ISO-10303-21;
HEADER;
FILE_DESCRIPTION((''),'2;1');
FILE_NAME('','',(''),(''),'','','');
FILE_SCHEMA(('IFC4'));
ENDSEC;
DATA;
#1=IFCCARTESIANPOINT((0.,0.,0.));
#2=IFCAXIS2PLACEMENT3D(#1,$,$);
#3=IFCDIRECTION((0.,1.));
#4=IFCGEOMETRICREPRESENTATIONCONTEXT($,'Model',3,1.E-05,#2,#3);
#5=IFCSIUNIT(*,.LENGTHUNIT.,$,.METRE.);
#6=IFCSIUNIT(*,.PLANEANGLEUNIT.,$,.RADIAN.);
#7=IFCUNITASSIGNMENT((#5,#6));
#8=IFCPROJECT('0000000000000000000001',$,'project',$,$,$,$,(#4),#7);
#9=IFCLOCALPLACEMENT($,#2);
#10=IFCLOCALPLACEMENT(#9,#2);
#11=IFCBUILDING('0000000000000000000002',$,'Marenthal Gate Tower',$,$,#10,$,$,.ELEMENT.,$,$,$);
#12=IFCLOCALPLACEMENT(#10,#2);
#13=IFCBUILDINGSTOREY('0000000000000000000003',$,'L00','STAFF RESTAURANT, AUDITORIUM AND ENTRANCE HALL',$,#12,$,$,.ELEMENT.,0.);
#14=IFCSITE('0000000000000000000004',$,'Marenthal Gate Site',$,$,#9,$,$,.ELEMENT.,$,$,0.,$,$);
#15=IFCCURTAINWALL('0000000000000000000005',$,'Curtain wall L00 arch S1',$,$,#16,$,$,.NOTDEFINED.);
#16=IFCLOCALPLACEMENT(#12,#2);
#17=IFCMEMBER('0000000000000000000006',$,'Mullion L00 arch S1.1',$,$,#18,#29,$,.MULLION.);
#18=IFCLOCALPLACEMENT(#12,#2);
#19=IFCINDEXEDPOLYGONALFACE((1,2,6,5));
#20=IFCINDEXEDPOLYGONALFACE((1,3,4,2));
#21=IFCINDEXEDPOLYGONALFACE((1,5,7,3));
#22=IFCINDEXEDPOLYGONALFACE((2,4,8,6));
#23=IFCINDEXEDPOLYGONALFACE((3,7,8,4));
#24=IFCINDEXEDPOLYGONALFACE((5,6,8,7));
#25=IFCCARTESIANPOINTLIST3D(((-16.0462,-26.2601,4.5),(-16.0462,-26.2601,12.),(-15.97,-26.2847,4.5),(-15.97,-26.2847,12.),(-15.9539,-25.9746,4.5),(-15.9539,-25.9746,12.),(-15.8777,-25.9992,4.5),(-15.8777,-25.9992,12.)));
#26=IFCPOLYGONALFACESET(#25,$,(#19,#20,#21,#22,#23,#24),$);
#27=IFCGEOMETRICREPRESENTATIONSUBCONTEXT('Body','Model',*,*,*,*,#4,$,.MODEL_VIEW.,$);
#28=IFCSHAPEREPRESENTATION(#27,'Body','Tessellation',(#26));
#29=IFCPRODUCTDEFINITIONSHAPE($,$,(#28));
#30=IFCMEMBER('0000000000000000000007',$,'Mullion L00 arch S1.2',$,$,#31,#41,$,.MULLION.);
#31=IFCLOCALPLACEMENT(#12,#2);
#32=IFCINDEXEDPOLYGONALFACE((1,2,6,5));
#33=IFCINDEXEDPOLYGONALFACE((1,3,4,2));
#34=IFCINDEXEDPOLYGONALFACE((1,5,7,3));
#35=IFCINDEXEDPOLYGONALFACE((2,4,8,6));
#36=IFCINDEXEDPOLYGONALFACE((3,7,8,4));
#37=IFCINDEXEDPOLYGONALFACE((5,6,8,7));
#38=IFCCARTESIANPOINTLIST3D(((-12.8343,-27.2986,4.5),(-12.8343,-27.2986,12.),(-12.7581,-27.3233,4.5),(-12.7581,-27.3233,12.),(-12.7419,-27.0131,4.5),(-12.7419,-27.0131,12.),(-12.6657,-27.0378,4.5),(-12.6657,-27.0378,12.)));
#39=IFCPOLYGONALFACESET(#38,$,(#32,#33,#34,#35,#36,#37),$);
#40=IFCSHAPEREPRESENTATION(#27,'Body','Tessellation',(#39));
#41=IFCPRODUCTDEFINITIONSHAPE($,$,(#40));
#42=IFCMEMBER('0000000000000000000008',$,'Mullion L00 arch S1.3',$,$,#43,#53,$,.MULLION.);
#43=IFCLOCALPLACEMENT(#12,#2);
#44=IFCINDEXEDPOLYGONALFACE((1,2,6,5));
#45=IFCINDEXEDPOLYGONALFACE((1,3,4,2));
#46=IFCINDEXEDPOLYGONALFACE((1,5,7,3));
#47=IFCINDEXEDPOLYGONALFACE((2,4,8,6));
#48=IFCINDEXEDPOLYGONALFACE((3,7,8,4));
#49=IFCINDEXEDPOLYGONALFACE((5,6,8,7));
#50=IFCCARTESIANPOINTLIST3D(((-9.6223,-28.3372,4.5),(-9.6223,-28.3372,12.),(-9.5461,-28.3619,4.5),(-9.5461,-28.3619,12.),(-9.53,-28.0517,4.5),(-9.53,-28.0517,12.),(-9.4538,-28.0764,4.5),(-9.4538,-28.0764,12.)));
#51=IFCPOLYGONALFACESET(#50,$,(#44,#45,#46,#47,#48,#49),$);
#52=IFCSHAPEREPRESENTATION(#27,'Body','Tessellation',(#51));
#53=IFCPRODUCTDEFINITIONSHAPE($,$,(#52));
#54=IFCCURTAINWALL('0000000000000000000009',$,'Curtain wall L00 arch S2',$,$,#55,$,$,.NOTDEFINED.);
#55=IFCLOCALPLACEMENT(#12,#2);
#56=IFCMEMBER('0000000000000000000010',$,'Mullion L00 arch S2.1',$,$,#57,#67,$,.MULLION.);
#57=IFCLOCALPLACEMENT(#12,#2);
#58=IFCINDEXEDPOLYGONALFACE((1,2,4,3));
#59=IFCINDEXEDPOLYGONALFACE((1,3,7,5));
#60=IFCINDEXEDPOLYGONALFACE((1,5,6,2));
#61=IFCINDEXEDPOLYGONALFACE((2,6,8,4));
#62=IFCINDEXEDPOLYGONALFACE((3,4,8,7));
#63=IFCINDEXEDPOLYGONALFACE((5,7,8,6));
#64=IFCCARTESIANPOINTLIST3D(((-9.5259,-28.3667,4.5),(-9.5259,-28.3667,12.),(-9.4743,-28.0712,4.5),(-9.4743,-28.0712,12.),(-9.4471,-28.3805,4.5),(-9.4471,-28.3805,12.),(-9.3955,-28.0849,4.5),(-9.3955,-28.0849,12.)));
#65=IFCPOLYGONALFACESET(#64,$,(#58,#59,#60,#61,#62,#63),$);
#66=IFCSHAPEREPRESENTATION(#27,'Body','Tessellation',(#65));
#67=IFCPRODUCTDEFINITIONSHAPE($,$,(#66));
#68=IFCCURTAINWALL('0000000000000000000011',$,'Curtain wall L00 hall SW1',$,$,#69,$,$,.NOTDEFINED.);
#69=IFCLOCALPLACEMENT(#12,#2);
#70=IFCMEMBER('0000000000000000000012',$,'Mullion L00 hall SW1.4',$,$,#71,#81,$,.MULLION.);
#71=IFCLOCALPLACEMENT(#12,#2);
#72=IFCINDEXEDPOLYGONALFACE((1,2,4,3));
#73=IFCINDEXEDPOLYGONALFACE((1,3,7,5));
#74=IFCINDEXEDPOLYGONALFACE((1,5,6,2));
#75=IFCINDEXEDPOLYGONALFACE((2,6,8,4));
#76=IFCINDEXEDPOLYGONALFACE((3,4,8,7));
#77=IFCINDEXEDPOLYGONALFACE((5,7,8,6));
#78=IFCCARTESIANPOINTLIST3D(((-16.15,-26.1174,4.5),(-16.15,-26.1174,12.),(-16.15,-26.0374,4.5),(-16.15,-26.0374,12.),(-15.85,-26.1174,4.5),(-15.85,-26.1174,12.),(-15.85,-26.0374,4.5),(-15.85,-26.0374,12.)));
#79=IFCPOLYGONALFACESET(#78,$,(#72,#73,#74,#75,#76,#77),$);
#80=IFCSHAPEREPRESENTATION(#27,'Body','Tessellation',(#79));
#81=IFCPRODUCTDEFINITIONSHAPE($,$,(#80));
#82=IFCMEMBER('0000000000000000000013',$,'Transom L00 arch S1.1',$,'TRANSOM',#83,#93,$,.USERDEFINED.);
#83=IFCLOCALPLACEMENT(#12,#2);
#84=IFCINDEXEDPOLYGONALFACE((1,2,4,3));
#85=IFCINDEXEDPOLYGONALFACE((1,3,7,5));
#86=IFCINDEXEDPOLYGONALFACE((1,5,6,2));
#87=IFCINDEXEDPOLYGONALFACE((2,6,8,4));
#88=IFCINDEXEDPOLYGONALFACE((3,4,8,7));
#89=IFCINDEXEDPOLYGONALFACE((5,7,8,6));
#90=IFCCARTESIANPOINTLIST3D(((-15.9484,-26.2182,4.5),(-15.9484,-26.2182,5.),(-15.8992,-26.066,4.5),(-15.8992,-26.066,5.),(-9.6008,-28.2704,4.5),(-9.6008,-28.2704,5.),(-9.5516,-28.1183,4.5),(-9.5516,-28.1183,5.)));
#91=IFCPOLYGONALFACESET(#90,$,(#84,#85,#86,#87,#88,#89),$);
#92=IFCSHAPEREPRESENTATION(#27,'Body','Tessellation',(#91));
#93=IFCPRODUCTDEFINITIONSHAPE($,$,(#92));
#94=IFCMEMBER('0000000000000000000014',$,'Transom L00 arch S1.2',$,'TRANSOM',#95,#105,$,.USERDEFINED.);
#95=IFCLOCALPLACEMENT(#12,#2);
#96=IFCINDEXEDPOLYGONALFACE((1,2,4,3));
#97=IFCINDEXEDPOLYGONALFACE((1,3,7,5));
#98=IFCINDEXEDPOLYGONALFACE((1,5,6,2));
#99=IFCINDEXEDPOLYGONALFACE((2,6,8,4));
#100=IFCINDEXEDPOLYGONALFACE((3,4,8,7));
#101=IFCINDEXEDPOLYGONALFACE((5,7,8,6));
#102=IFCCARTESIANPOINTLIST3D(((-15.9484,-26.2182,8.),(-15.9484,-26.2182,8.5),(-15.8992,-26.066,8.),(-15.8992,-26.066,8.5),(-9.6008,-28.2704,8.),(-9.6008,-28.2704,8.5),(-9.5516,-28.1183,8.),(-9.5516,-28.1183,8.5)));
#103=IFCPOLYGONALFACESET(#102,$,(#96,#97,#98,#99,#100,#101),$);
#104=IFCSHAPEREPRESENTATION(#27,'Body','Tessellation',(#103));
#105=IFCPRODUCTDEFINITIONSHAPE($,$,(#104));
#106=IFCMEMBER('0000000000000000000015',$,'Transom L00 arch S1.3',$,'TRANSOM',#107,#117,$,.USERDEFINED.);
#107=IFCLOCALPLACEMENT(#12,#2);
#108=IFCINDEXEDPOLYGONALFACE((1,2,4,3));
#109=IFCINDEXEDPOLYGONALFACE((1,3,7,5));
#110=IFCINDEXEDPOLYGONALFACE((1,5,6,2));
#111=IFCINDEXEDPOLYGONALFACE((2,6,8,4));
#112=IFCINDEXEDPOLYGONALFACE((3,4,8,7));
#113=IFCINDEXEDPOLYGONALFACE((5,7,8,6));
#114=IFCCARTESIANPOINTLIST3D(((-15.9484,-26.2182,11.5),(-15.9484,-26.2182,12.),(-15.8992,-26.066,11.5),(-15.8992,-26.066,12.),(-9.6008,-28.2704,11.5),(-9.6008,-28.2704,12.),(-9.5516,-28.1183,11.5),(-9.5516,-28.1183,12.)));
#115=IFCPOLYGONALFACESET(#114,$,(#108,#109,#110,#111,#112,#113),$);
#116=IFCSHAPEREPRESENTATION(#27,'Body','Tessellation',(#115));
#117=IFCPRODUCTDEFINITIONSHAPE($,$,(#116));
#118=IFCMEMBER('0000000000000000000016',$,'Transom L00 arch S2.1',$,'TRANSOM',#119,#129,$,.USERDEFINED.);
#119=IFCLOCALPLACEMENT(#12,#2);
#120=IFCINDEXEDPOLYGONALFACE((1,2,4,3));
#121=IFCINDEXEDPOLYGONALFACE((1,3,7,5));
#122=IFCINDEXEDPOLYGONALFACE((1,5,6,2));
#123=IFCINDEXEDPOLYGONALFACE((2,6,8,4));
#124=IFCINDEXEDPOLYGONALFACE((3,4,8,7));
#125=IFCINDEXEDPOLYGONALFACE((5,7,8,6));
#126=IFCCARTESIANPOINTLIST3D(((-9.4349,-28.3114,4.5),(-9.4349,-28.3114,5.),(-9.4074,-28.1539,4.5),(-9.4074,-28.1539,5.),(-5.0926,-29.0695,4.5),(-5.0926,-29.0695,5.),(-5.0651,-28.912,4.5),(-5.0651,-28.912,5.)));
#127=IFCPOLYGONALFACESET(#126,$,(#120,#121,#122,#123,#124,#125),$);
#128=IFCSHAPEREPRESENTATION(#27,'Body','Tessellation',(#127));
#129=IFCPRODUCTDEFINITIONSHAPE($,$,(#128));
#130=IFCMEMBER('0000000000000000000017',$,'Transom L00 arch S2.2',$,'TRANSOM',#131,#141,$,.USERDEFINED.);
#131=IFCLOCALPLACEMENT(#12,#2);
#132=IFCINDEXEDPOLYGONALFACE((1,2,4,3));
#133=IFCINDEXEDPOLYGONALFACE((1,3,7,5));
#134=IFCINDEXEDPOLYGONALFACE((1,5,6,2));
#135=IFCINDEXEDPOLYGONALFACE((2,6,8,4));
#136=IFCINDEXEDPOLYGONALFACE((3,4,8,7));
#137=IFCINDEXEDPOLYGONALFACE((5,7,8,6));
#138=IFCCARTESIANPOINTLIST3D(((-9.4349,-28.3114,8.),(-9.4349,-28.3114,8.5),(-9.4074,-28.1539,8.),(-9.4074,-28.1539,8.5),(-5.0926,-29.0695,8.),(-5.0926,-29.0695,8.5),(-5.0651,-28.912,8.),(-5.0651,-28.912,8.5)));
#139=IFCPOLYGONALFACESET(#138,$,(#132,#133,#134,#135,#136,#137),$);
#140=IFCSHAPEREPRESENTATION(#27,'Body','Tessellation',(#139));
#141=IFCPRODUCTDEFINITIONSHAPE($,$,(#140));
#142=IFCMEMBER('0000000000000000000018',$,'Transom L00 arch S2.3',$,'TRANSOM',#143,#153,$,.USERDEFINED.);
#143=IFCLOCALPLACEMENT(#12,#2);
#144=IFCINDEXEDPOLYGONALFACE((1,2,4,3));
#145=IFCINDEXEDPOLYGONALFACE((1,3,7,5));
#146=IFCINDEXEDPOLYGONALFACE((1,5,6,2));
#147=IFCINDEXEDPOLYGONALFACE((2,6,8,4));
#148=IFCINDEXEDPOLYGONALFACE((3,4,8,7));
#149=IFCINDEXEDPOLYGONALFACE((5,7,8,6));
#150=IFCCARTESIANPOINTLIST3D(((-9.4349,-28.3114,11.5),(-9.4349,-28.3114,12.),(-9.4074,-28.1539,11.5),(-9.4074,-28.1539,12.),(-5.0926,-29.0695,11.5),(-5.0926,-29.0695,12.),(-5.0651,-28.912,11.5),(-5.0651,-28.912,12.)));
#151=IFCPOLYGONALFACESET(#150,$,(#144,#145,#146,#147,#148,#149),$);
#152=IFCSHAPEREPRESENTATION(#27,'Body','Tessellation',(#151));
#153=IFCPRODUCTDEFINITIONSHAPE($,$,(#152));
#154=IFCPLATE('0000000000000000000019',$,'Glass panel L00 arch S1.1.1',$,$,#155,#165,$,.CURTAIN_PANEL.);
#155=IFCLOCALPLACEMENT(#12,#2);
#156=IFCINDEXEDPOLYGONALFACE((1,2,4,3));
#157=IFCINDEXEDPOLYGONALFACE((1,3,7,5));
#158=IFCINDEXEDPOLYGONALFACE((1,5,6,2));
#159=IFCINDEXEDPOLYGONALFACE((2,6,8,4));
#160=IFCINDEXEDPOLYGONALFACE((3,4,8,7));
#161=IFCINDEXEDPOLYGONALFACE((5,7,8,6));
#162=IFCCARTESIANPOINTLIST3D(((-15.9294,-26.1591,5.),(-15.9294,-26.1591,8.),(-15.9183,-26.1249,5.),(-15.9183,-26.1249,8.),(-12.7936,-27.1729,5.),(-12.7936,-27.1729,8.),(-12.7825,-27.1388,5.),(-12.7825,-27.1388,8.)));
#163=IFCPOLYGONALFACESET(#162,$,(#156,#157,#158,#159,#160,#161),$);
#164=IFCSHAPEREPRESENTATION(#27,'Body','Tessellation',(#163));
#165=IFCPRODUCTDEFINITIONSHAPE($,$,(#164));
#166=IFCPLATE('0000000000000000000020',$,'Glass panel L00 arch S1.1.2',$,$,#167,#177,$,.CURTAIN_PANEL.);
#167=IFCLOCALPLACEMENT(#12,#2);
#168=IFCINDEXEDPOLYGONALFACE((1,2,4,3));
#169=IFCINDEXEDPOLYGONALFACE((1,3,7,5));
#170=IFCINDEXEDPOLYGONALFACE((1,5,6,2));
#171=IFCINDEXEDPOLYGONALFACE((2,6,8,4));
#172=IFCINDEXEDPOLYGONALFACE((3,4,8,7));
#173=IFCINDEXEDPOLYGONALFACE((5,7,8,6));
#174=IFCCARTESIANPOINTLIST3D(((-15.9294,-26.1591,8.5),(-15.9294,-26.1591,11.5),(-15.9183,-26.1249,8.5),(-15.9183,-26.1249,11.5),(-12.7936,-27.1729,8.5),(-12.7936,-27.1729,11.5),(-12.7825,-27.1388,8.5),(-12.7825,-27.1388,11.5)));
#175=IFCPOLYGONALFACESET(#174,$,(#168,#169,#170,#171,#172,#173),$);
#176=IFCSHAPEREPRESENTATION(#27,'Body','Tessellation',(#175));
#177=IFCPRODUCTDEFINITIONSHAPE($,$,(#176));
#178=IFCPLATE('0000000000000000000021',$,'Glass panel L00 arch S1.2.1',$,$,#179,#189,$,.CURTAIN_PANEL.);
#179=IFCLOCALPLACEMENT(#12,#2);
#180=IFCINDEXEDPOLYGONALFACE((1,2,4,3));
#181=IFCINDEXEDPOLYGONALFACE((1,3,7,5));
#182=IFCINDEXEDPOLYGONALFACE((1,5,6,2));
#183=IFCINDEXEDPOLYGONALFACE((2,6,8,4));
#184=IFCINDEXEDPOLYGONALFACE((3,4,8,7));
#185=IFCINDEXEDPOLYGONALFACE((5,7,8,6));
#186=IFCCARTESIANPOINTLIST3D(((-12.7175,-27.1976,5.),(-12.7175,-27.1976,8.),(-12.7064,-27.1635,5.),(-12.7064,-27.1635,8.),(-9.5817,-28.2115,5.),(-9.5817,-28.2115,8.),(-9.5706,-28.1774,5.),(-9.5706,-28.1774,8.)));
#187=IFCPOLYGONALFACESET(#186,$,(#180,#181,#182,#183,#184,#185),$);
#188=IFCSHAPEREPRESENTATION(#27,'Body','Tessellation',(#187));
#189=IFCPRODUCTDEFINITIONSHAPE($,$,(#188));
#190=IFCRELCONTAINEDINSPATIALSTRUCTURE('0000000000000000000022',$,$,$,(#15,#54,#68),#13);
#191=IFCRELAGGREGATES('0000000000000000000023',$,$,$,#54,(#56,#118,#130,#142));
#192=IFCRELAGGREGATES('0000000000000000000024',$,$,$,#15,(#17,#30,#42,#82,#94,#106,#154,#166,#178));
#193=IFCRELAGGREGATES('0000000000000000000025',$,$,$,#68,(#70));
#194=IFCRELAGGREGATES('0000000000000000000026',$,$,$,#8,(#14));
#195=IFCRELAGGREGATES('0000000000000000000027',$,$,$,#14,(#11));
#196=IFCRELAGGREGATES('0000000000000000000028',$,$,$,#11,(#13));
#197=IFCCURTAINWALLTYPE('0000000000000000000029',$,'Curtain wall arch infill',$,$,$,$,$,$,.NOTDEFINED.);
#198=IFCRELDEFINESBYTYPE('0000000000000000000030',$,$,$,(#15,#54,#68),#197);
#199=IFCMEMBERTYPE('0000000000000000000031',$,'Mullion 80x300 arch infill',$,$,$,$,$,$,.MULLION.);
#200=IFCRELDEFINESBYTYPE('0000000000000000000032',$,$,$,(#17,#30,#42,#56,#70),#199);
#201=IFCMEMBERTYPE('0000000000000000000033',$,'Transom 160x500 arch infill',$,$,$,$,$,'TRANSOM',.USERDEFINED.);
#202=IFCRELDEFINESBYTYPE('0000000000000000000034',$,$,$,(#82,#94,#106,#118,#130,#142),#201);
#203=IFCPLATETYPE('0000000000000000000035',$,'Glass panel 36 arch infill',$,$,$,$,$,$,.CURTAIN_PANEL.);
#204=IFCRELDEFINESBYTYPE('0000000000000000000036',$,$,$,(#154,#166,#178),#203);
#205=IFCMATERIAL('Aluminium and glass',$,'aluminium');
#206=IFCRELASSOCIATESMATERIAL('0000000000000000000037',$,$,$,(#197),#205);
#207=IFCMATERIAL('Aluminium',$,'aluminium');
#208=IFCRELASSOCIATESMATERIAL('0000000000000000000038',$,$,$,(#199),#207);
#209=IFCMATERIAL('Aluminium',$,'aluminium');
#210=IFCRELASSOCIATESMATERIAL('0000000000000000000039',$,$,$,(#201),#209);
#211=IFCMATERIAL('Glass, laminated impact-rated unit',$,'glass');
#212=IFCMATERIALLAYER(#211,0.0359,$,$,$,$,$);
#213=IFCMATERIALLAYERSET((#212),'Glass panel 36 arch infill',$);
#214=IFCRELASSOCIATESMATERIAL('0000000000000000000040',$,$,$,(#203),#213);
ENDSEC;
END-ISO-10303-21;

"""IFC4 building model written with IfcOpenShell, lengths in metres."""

from ifc_helpers import new_model, si_unit, direction, frame, origin, origin_2d, place, context, subcontext, project, spatial, rectangle, extrude, material, layer, layer_set, material_profile, profile_set, type_object, element, aggregate, save


model = new_model("IFC4")

# Units and contexts
model_context = context("Model", 3, precision=1e-05, world=origin(), true_north=direction((0.0, 1.0)))
body_context = subcontext(model_context, "Body", "Model", "MODEL_VIEW")
ifc_project = project(units=[si_unit("LENGTHUNIT", "METRE"), si_unit("PLANEANGLEUNIT", "RADIAN")], contexts=[model_context])

# Site, building, storey
site_placement = place(None, origin())
site = spatial("IfcSite", under=ifc_project, at=site_placement, Name="Marenthal Gate Site", CompositionType="ELEMENT", RefElevation=0.0)
building_placement = place(site_placement, origin())
building = spatial("IfcBuilding", under=site, at=building_placement, Name="Marenthal Gate Tower", CompositionType="ELEMENT")
storey_placement = place(building_placement, origin())
storey = spatial("IfcBuildingStorey", under=building, at=storey_placement, Name="L00", Description="STAFF RESTAURANT, AUDITORIUM AND ENTRANCE HALL", CompositionType="ELEMENT", Elevation=0.0)

# Curtain wall, members
ifc_material_1 = material(Name="Aluminium and glass", Category="aluminium")
curtain_wall_type = type_object("IfcCurtainWallType", Name="Curtain wall arch infill", PredefinedType="NOTDEFINED", material=ifc_material_1)
curtain_wall_1_placement = place(storey_placement, origin())
curtain_wall_1 = element("IfcCurtainWall", 1, at=curtain_wall_1_placement, inside=storey, type_object=curtain_wall_type, Name="Curtain wall L00 arch S1", PredefinedType="NOTDEFINED")
ifc_material_2 = material(Name="Aluminium", Category="aluminium")
ifc_material_profile_1 = material_profile(ifc_material_2, rectangle(XDim=0.3, YDim=0.0801, at=origin_2d()), Name="80x300 aluminium mullion")
ifc_profile_set_1 = profile_set([ifc_material_profile_1], Name="Aluminium")
member_type_1 = type_object("IfcMemberType", Name="Mullion 80x300 arch infill", PredefinedType="MULLION", material=ifc_profile_set_1)
member_1_placement = place(storey_placement, frame((-15.9619, -26.1296, 4.5), z_axis=(0.0, 0.0, 1.0), x_axis=(0.307641, 0.951502, 0.0)))
member_1 = element("IfcMember", 2, at=member_1_placement, type_object=member_type_1, Name="Mullion L00 arch S1.1", PredefinedType="MULLION", context=body_context, shape_type="SweptSolid", body=[
    extrude(rectangle(XDim=0.3, YDim=0.0801, at=origin_2d()), origin(), (0.0, 0.0, 1.0), 7.5),
])
member_2_placement = place(storey_placement, frame((-12.75, -27.1682, 4.5), z_axis=(0.0, 0.0, 1.0), x_axis=(0.307641, 0.951502, 0.0)))
member_2 = element("IfcMember", 3, at=member_2_placement, type_object=member_type_1, Name="Mullion L00 arch S1.2", PredefinedType="MULLION", context=body_context, shape_type="SweptSolid", body=[
    extrude(rectangle(XDim=0.3, YDim=0.0801, at=origin_2d()), origin(), (0.0, 0.0, 1.0), 7.5),
])
member_3_placement = place(storey_placement, frame((-9.5381, -28.2068, 4.5), z_axis=(0.0, 0.0, 1.0), x_axis=(0.307641, 0.951502, 0.0)))
member_3 = element("IfcMember", 4, at=member_3_placement, type_object=member_type_1, Name="Mullion L00 arch S1.3", PredefinedType="MULLION", context=body_context, shape_type="SweptSolid", body=[
    extrude(rectangle(XDim=0.3, YDim=0.0801, at=origin_2d()), origin(), (0.0, 0.0, 1.0), 7.5),
])

# Curtain walls, members
curtain_wall_2_placement = place(storey_placement, origin())
curtain_wall_2 = element("IfcCurtainWall", 5, at=curtain_wall_2_placement, inside=storey, type_object=curtain_wall_type, Name="Curtain wall L00 arch S2", PredefinedType="NOTDEFINED")
member_4_placement = place(storey_placement, frame((-9.4607, -28.2258, 4.5), z_axis=(0.0, 0.0, 1.0), x_axis=(0.171973, 0.985102, 0.0)))
member_4 = element("IfcMember", 6, at=member_4_placement, type_object=member_type_1, Name="Mullion L00 arch S2.1", PredefinedType="MULLION", context=body_context, shape_type="SweptSolid", body=[
    extrude(rectangle(XDim=0.3, YDim=0.0801, at=origin_2d()), origin(), (0.0, 0.0, 1.0), 7.5),
])
curtain_wall_3_placement = place(storey_placement, origin())
curtain_wall_3 = element("IfcCurtainWall", 7, at=curtain_wall_3_placement, inside=storey, type_object=curtain_wall_type, Name="Curtain wall L00 hall SW1", PredefinedType="NOTDEFINED")
member_5_placement = place(storey_placement, frame((-16.0, -26.0774, 4.5), z_axis=(0.0, 0.0, 1.0), x_axis=(1.0, 0.0, 0.0)))
member_5 = element("IfcMember", 8, at=member_5_placement, type_object=member_type_1, Name="Mullion L00 hall SW1.4", PredefinedType="MULLION", context=body_context, shape_type="SweptSolid", body=[
    extrude(rectangle(XDim=0.3, YDim=0.0801, at=origin_2d()), origin(), (0.0, 0.0, 1.0), 7.5),
])

# Members
ifc_material_3 = material(Name="Aluminium", Category="aluminium")
ifc_material_profile_2 = material_profile(ifc_material_3, rectangle(XDim=0.1599, YDim=0.5, at=origin_2d()), Name="160x500 aluminium transom")
ifc_profile_set_2 = profile_set([ifc_material_profile_2], Name="Aluminium")
member_type_2 = type_object("IfcMemberType", Name="Transom 160x500 arch infill", ElementType="TRANSOM", PredefinedType="USERDEFINED", material=ifc_profile_set_2)
member_6_placement = place(storey_placement, frame((-15.9238, -26.1421, 4.75), z_axis=(0.951506, -0.307629, 0.0), x_axis=(0.307629, 0.951506, 0.0)))
member_6 = element("IfcMember", 9, at=member_6_placement, type_object=member_type_2, Name="Transom L00 arch S1.1", ObjectType="TRANSOM", PredefinedType="USERDEFINED", context=body_context, shape_type="SweptSolid", body=[
    extrude(rectangle(XDim=0.1599, YDim=0.5, at=origin_2d()), origin(), (0.0, 0.0, 1.0), 6.6711),
])
member_7_placement = place(storey_placement, frame((-15.9238, -26.1421, 8.25), z_axis=(0.951506, -0.307629, 0.0), x_axis=(0.307629, 0.951506, 0.0)))
member_7 = element("IfcMember", 10, at=member_7_placement, type_object=member_type_2, Name="Transom L00 arch S1.2", ObjectType="TRANSOM", PredefinedType="USERDEFINED", context=body_context, shape_type="SweptSolid", body=[
    extrude(rectangle(XDim=0.1599, YDim=0.5, at=origin_2d()), origin(), (0.0, 0.0, 1.0), 6.6711),
])
member_8_placement = place(storey_placement, frame((-15.9238, -26.1421, 11.75), z_axis=(0.951506, -0.307629, 0.0), x_axis=(0.307629, 0.951506, 0.0)))
member_8 = element("IfcMember", 11, at=member_8_placement, type_object=member_type_2, Name="Transom L00 arch S1.3", ObjectType="TRANSOM", PredefinedType="USERDEFINED", context=body_context, shape_type="SweptSolid", body=[
    extrude(rectangle(XDim=0.1599, YDim=0.5, at=origin_2d()), origin(), (0.0, 0.0, 1.0), 6.6711),
])
member_9_placement = place(storey_placement, frame((-9.4211, -28.2327, 4.75), z_axis=(0.985101, -0.171975, 0.0), x_axis=(0.171975, 0.985101, 0.0)))
member_9 = element("IfcMember", 12, at=member_9_placement, type_object=member_type_2, Name="Transom L00 arch S2.1", ObjectType="TRANSOM", PredefinedType="USERDEFINED", context=body_context, shape_type="SweptSolid", body=[
    extrude(rectangle(XDim=0.1599, YDim=0.5, at=origin_2d()), origin(), (0.0, 0.0, 1.0), 4.408),
])
member_10_placement = place(storey_placement, frame((-9.4211, -28.2327, 8.25), z_axis=(0.985101, -0.171975, 0.0), x_axis=(0.171975, 0.985101, 0.0)))
member_10 = element("IfcMember", 13, at=member_10_placement, type_object=member_type_2, Name="Transom L00 arch S2.2", ObjectType="TRANSOM", PredefinedType="USERDEFINED", context=body_context, shape_type="SweptSolid", body=[
    extrude(rectangle(XDim=0.1599, YDim=0.5, at=origin_2d()), origin(), (0.0, 0.0, 1.0), 4.408),
])
member_11_placement = place(storey_placement, frame((-9.4211, -28.2327, 11.75), z_axis=(0.985101, -0.171975, 0.0), x_axis=(0.171975, 0.985101, 0.0)))
member_11 = element("IfcMember", 14, at=member_11_placement, type_object=member_type_2, Name="Transom L00 arch S2.3", ObjectType="TRANSOM", PredefinedType="USERDEFINED", context=body_context, shape_type="SweptSolid", body=[
    extrude(rectangle(XDim=0.1599, YDim=0.5, at=origin_2d()), origin(), (0.0, 0.0, 1.0), 4.408),
])
aggregate(curtain_wall_2, [member_4, member_9, member_10, member_11])

# Plates
ifc_material_4 = material(Name="Glass, laminated impact-rated unit", Category="glass")
ifc_layer_1 = layer(ifc_material_4, 0.0359)
ifc_layer_set_1 = layer_set([ifc_layer_1], Name="Glass panel 36 arch infill")
plate_type = type_object("IfcPlateType", Name="Glass panel 36 arch infill", PredefinedType="CURTAIN_PANEL", material=ifc_layer_set_1)
plate_1_placement = place(storey_placement, frame((-14.356, -26.6489, 5.0), z_axis=(0.0, 0.0, 1.0), x_axis=(0.951502, -0.307641, 0.0)))
plate_1 = element("IfcPlate", 15, at=plate_1_placement, type_object=plate_type, Name="Glass panel L00 arch S1.1.1", PredefinedType="CURTAIN_PANEL", context=body_context, shape_type="SweptSolid", body=[
    extrude(rectangle(XDim=3.2957, YDim=0.0359, at=origin_2d()), origin(), (0.0, 0.0, 1.0), 3.0),
])
plate_2_placement = place(storey_placement, frame((-14.356, -26.6489, 8.5), z_axis=(0.0, 0.0, 1.0), x_axis=(0.951502, -0.307641, 0.0)))
plate_2 = element("IfcPlate", 16, at=plate_2_placement, type_object=plate_type, Name="Glass panel L00 arch S1.1.2", PredefinedType="CURTAIN_PANEL", context=body_context, shape_type="SweptSolid", body=[
    extrude(rectangle(XDim=3.2957, YDim=0.0359, at=origin_2d()), origin(), (0.0, 0.0, 1.0), 3.0),
])
plate_3_placement = place(storey_placement, frame((-11.144, -27.6875, 5.0), z_axis=(0.0, 0.0, 1.0), x_axis=(0.951502, -0.307641, 0.0)))
plate_3 = element("IfcPlate", 17, at=plate_3_placement, type_object=plate_type, Name="Glass panel L00 arch S1.2.1", PredefinedType="CURTAIN_PANEL", context=body_context, shape_type="SweptSolid", body=[
    extrude(rectangle(XDim=3.2957, YDim=0.0359, at=origin_2d()), origin(), (0.0, 0.0, 1.0), 3.0),
])
aggregate(curtain_wall_1, [member_1, member_2, member_3, member_6, member_7, member_8, plate_1, plate_2, plate_3])
aggregate(curtain_wall_3, [member_5])

save(model, "model.ifc")
